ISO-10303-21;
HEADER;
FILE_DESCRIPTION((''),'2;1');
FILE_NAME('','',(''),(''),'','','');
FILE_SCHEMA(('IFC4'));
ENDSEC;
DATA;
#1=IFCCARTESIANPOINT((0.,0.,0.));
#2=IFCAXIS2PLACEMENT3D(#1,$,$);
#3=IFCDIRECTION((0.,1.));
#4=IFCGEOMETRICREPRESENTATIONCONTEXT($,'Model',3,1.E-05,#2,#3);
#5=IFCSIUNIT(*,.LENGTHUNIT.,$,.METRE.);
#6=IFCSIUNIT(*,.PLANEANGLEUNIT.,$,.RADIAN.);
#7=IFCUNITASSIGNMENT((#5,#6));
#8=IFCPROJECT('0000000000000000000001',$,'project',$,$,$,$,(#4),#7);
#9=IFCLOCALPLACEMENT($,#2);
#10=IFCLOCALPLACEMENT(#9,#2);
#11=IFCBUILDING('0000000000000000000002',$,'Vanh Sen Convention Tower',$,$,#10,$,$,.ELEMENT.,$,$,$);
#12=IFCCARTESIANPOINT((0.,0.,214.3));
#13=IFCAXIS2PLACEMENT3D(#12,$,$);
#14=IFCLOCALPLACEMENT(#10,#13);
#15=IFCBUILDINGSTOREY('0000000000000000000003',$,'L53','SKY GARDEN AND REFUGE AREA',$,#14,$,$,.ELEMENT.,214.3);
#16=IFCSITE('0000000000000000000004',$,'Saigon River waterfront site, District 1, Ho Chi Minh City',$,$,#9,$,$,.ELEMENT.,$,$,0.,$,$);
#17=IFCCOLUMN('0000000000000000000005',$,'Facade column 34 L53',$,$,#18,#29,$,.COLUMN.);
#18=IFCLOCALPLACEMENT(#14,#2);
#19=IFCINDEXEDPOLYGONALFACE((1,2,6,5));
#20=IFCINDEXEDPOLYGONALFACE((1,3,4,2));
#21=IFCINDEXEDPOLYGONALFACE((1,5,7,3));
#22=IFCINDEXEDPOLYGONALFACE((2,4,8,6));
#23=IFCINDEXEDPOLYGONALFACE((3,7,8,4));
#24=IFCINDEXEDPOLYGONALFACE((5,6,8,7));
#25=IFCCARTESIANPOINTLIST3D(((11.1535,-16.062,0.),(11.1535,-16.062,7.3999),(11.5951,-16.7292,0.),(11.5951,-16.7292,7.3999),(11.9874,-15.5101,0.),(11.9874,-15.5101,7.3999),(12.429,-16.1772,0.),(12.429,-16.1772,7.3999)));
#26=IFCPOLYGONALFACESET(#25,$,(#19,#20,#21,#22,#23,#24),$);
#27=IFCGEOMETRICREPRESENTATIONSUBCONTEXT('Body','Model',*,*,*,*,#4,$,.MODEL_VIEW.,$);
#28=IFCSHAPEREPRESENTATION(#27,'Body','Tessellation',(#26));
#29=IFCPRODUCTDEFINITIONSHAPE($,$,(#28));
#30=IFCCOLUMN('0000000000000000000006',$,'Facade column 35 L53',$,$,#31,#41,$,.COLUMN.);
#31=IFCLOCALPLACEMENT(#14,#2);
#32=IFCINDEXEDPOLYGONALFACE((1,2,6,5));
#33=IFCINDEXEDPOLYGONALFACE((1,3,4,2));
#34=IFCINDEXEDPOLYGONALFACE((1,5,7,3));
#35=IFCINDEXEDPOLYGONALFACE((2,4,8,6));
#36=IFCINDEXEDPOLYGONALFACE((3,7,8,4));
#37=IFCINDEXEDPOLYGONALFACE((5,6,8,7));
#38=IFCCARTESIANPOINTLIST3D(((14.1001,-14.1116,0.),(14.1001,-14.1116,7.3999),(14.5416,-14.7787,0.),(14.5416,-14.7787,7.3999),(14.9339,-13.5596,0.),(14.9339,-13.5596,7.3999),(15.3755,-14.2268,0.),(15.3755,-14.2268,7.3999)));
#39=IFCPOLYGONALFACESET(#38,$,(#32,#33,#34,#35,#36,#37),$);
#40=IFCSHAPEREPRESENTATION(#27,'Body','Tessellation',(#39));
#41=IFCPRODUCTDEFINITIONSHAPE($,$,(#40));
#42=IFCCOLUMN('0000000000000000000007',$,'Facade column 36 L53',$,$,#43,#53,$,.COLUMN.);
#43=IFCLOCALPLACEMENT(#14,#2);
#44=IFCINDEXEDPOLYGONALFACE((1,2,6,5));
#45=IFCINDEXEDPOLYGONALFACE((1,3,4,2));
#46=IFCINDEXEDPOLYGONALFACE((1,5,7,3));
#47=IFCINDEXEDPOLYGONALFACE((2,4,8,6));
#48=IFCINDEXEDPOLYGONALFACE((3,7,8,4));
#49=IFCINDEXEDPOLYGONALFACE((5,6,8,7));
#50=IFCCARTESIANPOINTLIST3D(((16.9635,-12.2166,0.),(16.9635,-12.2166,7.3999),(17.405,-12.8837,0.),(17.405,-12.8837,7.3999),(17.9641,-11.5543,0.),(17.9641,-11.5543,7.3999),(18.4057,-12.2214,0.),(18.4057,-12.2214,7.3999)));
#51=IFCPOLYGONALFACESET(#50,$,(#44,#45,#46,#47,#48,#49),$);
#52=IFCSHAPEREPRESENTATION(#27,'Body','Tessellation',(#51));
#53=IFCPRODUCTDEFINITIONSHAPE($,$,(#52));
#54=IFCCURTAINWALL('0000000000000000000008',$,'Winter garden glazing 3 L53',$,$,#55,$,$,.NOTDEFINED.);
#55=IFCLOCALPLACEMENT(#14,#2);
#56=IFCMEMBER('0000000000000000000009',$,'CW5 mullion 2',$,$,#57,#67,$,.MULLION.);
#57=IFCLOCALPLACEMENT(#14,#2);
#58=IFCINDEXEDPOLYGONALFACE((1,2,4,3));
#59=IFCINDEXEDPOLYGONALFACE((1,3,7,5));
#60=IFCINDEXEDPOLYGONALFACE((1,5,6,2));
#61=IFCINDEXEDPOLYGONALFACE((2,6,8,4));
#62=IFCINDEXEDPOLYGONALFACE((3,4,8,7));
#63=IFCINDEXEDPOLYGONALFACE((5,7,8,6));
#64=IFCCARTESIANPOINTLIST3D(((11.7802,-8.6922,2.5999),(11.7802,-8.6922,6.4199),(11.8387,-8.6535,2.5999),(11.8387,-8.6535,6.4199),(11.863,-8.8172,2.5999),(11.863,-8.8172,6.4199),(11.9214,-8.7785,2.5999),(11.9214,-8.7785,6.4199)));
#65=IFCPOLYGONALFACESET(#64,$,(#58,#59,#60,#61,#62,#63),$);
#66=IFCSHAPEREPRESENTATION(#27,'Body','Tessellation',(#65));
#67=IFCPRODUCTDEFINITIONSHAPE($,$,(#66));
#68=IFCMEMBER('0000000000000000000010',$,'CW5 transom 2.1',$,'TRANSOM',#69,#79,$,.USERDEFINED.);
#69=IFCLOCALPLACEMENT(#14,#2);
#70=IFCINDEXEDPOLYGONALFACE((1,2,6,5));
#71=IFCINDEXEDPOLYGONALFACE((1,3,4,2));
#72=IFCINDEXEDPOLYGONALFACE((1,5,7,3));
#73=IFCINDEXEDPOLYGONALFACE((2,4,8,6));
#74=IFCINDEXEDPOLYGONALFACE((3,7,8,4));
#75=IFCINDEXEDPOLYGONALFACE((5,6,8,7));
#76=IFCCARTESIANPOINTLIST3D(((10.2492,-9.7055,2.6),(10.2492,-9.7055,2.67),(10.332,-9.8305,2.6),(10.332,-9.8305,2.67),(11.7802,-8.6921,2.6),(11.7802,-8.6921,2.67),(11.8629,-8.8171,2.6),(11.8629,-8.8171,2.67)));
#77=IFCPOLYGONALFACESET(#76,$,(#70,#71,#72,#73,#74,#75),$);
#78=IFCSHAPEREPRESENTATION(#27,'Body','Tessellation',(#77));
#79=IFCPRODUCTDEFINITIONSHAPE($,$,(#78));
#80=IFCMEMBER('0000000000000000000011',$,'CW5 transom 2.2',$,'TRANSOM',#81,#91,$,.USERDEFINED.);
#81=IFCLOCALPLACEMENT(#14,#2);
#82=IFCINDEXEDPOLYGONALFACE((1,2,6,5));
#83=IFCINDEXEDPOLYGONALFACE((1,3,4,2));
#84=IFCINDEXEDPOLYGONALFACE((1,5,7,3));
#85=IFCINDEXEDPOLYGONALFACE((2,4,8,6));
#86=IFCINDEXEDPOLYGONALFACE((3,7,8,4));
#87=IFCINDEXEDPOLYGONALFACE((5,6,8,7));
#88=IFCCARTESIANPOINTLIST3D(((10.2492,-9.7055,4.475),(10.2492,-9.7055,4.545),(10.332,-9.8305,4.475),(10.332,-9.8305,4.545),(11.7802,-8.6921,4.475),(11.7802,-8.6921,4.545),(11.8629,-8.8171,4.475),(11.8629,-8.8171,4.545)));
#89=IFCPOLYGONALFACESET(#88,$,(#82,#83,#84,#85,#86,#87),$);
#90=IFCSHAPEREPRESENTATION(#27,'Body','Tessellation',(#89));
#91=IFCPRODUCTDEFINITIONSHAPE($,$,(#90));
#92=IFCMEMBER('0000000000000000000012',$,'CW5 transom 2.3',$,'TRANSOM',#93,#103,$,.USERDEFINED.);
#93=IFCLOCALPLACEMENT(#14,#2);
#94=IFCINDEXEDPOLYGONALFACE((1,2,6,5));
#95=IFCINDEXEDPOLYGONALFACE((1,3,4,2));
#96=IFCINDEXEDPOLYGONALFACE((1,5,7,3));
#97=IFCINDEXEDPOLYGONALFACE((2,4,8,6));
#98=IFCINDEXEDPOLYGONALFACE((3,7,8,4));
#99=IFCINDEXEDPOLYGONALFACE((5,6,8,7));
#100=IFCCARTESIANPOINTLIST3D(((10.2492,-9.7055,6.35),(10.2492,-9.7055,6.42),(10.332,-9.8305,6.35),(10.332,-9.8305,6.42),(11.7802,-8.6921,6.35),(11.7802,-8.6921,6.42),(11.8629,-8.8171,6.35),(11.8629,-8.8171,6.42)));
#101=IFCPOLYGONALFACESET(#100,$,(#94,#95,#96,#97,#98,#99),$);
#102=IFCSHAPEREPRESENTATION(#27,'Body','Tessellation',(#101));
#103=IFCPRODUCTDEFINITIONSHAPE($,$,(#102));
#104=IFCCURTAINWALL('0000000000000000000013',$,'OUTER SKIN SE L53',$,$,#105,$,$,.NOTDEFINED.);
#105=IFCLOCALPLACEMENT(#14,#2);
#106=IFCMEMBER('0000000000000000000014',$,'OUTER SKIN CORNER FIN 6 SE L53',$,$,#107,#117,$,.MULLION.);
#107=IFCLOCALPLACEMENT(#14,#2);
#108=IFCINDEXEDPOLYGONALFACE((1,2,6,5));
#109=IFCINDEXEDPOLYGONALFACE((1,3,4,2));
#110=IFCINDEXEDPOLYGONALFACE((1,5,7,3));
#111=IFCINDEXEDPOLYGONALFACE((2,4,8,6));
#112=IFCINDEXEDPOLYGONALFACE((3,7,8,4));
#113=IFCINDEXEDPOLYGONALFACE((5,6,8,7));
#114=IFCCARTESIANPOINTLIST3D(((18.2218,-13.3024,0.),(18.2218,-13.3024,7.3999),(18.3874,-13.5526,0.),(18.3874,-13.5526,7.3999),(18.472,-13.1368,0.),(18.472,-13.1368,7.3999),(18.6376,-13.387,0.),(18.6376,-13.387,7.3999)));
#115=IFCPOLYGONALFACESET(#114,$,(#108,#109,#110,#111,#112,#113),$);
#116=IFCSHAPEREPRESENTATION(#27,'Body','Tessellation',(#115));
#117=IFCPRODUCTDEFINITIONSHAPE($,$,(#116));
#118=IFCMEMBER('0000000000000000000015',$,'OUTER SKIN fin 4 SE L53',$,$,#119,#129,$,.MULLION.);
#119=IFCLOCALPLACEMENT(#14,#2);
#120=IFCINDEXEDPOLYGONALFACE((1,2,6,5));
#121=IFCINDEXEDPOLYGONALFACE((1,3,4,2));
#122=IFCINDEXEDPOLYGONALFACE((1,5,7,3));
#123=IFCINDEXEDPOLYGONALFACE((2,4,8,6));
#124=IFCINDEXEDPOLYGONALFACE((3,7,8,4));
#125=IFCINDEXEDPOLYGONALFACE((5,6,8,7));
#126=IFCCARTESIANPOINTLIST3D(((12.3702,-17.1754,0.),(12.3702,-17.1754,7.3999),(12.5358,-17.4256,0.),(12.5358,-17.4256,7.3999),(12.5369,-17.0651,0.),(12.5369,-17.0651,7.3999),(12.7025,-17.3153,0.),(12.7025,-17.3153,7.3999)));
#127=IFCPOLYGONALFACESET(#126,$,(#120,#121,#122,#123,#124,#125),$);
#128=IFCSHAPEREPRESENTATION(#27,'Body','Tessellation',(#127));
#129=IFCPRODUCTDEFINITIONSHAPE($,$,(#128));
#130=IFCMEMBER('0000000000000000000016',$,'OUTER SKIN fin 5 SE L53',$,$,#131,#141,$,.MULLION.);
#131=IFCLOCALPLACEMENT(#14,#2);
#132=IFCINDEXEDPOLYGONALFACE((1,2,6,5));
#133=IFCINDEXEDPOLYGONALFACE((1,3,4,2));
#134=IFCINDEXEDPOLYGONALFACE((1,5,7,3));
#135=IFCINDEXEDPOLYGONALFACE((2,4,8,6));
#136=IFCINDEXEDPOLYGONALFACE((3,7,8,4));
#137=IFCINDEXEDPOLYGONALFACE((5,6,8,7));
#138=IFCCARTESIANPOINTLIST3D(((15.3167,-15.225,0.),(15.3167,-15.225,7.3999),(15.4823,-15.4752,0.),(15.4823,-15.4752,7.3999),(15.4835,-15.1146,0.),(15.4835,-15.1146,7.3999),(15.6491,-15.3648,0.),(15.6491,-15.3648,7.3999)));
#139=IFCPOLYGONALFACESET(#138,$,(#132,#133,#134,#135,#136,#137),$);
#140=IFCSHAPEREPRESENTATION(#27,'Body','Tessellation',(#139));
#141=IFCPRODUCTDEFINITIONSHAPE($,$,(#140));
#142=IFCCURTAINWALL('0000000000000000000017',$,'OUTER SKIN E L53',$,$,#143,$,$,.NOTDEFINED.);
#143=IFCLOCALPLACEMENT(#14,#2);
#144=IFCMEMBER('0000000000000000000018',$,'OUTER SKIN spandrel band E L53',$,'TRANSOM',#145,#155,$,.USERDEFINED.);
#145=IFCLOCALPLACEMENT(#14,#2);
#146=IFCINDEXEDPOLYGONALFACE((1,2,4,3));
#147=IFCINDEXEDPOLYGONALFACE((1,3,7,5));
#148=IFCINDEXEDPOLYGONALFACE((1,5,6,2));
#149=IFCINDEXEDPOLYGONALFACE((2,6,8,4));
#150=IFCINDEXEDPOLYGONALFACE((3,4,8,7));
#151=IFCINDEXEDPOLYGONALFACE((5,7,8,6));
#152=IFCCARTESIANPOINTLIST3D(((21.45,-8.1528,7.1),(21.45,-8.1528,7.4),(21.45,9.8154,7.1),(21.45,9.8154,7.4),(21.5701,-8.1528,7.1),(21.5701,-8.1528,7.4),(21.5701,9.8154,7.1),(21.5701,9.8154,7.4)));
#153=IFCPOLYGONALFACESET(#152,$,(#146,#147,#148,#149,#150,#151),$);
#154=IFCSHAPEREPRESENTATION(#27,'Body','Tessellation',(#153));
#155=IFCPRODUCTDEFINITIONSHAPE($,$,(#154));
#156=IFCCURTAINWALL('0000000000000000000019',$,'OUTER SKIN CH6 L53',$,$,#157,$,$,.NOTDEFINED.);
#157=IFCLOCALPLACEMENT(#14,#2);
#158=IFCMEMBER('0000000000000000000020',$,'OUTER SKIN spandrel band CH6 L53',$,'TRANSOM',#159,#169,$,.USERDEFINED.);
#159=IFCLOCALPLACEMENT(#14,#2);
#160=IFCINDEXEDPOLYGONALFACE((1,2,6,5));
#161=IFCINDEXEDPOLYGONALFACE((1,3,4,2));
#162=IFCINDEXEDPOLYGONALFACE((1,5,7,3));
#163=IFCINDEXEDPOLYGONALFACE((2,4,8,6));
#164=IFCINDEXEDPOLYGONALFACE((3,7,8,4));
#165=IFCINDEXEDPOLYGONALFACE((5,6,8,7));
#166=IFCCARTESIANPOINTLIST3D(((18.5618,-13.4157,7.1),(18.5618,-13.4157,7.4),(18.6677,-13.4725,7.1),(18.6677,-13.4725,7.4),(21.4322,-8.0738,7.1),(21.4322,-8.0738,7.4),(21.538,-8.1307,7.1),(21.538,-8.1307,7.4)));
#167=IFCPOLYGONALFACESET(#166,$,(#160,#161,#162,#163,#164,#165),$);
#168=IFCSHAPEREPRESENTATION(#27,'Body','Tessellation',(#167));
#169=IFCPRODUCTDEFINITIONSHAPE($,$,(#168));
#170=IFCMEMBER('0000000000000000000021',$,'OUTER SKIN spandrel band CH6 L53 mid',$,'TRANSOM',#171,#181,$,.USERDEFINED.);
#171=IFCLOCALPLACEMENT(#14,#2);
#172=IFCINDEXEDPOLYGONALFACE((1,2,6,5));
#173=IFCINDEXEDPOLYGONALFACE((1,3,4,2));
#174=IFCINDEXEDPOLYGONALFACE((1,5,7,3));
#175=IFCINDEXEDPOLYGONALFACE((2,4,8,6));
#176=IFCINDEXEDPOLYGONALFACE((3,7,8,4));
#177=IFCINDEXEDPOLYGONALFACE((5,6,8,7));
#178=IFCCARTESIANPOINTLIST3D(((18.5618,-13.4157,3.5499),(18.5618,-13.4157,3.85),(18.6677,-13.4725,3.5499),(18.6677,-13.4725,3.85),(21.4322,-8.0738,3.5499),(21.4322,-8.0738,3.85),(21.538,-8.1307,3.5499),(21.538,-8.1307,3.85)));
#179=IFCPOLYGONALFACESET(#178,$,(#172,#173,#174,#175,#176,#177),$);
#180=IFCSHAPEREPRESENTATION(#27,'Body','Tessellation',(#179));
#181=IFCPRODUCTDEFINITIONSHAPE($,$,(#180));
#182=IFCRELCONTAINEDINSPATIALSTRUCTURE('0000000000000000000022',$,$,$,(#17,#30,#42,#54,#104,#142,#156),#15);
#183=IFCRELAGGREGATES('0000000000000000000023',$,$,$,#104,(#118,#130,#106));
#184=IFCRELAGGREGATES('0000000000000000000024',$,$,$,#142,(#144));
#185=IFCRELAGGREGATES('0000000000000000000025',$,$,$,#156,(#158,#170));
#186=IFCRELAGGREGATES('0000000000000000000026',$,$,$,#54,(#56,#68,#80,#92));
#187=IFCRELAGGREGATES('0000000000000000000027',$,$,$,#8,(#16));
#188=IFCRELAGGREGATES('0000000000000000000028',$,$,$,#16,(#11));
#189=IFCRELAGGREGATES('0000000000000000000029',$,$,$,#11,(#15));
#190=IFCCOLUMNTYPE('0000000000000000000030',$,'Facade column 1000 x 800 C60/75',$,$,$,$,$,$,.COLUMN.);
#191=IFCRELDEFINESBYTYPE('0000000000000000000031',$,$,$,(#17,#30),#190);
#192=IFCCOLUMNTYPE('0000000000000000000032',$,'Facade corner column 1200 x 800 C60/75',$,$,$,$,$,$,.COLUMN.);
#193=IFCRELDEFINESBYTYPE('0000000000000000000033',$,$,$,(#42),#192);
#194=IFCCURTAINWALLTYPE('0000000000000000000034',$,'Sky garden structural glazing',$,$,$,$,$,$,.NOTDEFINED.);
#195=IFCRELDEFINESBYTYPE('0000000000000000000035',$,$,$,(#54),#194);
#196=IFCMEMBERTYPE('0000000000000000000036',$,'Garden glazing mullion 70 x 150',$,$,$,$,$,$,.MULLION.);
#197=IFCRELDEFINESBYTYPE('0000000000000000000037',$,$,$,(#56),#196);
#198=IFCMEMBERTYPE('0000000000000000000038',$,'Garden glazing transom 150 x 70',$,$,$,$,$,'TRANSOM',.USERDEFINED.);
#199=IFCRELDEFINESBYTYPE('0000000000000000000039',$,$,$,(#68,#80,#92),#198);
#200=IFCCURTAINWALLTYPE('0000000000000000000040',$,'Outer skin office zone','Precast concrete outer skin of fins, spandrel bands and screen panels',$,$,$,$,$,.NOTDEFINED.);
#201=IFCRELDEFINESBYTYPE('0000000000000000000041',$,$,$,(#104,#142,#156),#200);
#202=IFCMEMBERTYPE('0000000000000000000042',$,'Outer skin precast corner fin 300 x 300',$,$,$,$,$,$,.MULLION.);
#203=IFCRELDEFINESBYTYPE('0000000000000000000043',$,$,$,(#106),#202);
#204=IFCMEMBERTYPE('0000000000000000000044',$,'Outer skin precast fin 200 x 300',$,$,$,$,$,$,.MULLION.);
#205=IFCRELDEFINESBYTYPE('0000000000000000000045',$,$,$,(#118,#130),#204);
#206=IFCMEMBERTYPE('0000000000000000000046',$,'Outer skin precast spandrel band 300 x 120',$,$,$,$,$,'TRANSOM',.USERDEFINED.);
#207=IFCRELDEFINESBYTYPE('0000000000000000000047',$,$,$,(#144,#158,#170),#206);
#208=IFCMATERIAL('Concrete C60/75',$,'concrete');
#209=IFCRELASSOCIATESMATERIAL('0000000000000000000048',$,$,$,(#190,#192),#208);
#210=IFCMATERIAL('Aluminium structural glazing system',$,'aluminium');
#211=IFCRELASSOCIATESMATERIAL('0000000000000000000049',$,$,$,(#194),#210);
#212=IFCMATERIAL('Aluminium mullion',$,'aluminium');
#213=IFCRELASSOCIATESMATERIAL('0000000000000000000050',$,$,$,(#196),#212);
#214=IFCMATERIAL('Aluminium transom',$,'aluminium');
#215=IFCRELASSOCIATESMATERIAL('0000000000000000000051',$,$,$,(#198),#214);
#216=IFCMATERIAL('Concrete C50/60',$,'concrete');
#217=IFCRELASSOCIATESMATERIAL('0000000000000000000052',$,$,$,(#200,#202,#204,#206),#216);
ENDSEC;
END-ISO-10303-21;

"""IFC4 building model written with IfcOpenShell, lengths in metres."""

from ifc_helpers import new_model, si_unit, direction, frame, origin, origin_2d, place, context, subcontext, project, spatial, rectangle, extrude, material, material_profile, profile_set, type_object, element, aggregate, save


model = new_model("IFC4")

# Units and contexts
model_context = context("Model", 3, precision=1e-05, world=origin(), true_north=direction((0.0, 1.0)))
body_context = subcontext(model_context, "Body", "Model", "MODEL_VIEW")
ifc_project = project(units=[si_unit("LENGTHUNIT", "METRE"), si_unit("PLANEANGLEUNIT", "RADIAN")], contexts=[model_context])

# Site, building, storey
site_placement = place(None, origin())
site = spatial("IfcSite", under=ifc_project, at=site_placement, Name="Saigon River waterfront site, District 1, Ho Chi Minh City", CompositionType="ELEMENT", RefElevation=0.0)
building_placement = place(site_placement, origin())
building = spatial("IfcBuilding", under=site, at=building_placement, Name="Vanh Sen Convention Tower", CompositionType="ELEMENT")
storey_placement = place(building_placement, frame((0.0, 0.0, 214.3)))
storey = spatial("IfcBuildingStorey", under=building, at=storey_placement, Name="L53", Description="SKY GARDEN AND REFUGE AREA", CompositionType="ELEMENT", Elevation=214.3)

# Columns
ifc_material_1 = material(Name="Concrete C60/75", Category="concrete")
ifc_material_profile_1 = material_profile(ifc_material_1, rectangle(XDim=1.0, YDim=0.8, at=origin_2d()), Name="RC 1000X800")
ifc_profile_set_1 = profile_set([ifc_material_profile_1], Name="Concrete C60/75")
column_type_1 = type_object("IfcColumnType", Name="Facade column 1000 x 800 C60/75", PredefinedType="COLUMN", material=ifc_profile_set_1)
for number, where, z_axis, x_axis, name in (
    (1, (11.7913, -16.1196, 0.0), (0.0, 0.0, 1.0), (0.833886, 0.551937, 0.0), "Facade column 34 L53"),
    (2, (14.7378, -14.1692, 0.0), (0.0, 0.0, 1.0), (0.833886, 0.551937, 0.0), "Facade column 35 L53"),
):
    element("IfcColumn", number, at=place(storey_placement, frame(where, z_axis=z_axis, x_axis=x_axis)), inside=storey, type_object=column_type_1, Name=name, PredefinedType="COLUMN", context=body_context, shape_type="SweptSolid", body=[
        extrude(rectangle(XDim=1.0, YDim=0.8, at=origin_2d()), origin(), (0.0, 0.0, 1.0), 7.3999),
    ])
ifc_material_profile_2 = material_profile(ifc_material_1, rectangle(XDim=1.2, YDim=0.8, at=origin_2d()), Name="RC 1200X800")
ifc_profile_set_2 = profile_set([ifc_material_profile_2], Name="Concrete C60/75")
column_type_2 = type_object("IfcColumnType", Name="Facade corner column 1200 x 800 C60/75", PredefinedType="COLUMN", material=ifc_profile_set_2)
column_placement = place(storey_placement, frame((17.6846, -12.219, 0.0), z_axis=(0.0, 0.0, 1.0), x_axis=(0.833886, 0.551937, 0.0)))
element("IfcColumn", 3, at=column_placement, inside=storey, type_object=column_type_2, Name="Facade column 36 L53", PredefinedType="COLUMN", context=body_context, shape_type="SweptSolid", body=[
    extrude(rectangle(XDim=1.2, YDim=0.8, at=origin_2d()), origin(), (0.0, 0.0, 1.0), 7.3999),
])

# Curtain walls, members
ifc_material_2 = material(Name="Aluminium structural glazing system", Category="aluminium")
curtain_wall_type_1 = type_object("IfcCurtainWallType", Name="Sky garden structural glazing", PredefinedType="NOTDEFINED", material=ifc_material_2)
curtain_wall_1_placement = place(storey_placement, origin())
curtain_wall_1 = element("IfcCurtainWall", 4, at=curtain_wall_1_placement, inside=storey, type_object=curtain_wall_type_1, Name="Winter garden glazing 3 L53", PredefinedType="NOTDEFINED")
ifc_material_3 = material(Name="Aluminium mullion", Category="aluminium")
ifc_material_profile_3 = material_profile(ifc_material_3, rectangle(XDim=0.1499, YDim=0.0701, at=origin_2d()), Name="Garden glazing mullion 70 x 150")
ifc_profile_set_3 = profile_set([ifc_material_profile_3], Name="Aluminium mullion")
member_type_1 = type_object("IfcMemberType", Name="Garden glazing mullion 70 x 150", PredefinedType="MULLION", material=ifc_profile_set_3)
member_1_placement = place(storey_placement, frame((11.8508, -8.7354, 2.5999), z_axis=(0.0, 0.0, 1.0), x_axis=(0.551932, -0.833889, 0.0)))
member_1 = element("IfcMember", 5, at=member_1_placement, type_object=member_type_1, Name="CW5 mullion 2", PredefinedType="MULLION", context=body_context, shape_type="SweptSolid", body=[
    extrude(rectangle(XDim=0.1499, YDim=0.0701, at=origin_2d()), origin(), (0.0, 0.0, 1.0), 3.8201),
])
ifc_material_4 = material(Name="Aluminium transom", Category="aluminium")
ifc_material_profile_4 = material_profile(ifc_material_4, rectangle(XDim=0.1499, YDim=0.0701, at=origin_2d()), Name="Garden glazing transom 150 x 70")
ifc_profile_set_4 = profile_set([ifc_material_profile_4], Name="Aluminium transom")
member_type_2 = type_object("IfcMemberType", Name="Garden glazing transom 150 x 70", ElementType="TRANSOM", PredefinedType="USERDEFINED", material=ifc_profile_set_4)
member_2_placement = place(storey_placement, frame((11.8215, -8.7546, 2.635), z_axis=(-0.833867, -0.551966, 0.0), x_axis=(0.551966, -0.833867, 0.0)))
member_2 = element("IfcMember", 6, at=member_2_placement, type_object=member_type_2, Name="CW5 transom 2.1", ObjectType="TRANSOM", PredefinedType="USERDEFINED", context=body_context, shape_type="SweptSolid", body=[
    extrude(rectangle(XDim=0.1499, YDim=0.0701, at=origin_2d()), origin(), (0.0, 0.0, 1.0), 1.8359),
])
member_3_placement = place(storey_placement, frame((11.8215, -8.7546, 4.51), z_axis=(-0.833867, -0.551966, 0.0), x_axis=(0.551966, -0.833867, 0.0)))
member_3 = element("IfcMember", 7, at=member_3_placement, type_object=member_type_2, Name="CW5 transom 2.2", ObjectType="TRANSOM", PredefinedType="USERDEFINED", context=body_context, shape_type="SweptSolid", body=[
    extrude(rectangle(XDim=0.1499, YDim=0.0701, at=origin_2d()), origin(), (0.0, 0.0, 1.0), 1.8359),
])
member_4_placement = place(storey_placement, frame((11.8215, -8.7546, 6.385), z_axis=(-0.833867, -0.551966, 0.0), x_axis=(0.551966, -0.833867, 0.0)))
member_4 = element("IfcMember", 8, at=member_4_placement, type_object=member_type_2, Name="CW5 transom 2.3", ObjectType="TRANSOM", PredefinedType="USERDEFINED", context=body_context, shape_type="SweptSolid", body=[
    extrude(rectangle(XDim=0.1499, YDim=0.0701, at=origin_2d()), origin(), (0.0, 0.0, 1.0), 1.8359),
])
ifc_material_5 = material(Name="Concrete C50/60", Category="concrete")
curtain_wall_type_2 = type_object("IfcCurtainWallType", Name="Outer skin office zone", Description="Precast concrete outer skin of fins, spandrel bands and screen panels", PredefinedType="NOTDEFINED", material=ifc_material_5)
curtain_wall_2_placement = place(storey_placement, origin())
curtain_wall_2 = element("IfcCurtainWall", 9, at=curtain_wall_2_placement, inside=storey, type_object=curtain_wall_type_2, Name="OUTER SKIN SE L53", PredefinedType="NOTDEFINED")
ifc_material_profile_5 = material_profile(ifc_material_5, rectangle(XDim=0.3, YDim=0.3, at=origin_2d()), Name="Outer skin precast corner fin 300 x 300")
ifc_profile_set_5 = profile_set([ifc_material_profile_5], Name="Concrete C50/60")
member_type_3 = type_object("IfcMemberType", Name="Outer skin precast corner fin 300 x 300", PredefinedType="MULLION", material=ifc_profile_set_5)
member_5_placement = place(storey_placement, frame((18.4297, -13.3447, 0.0), z_axis=(0.0, 0.0, 1.0), x_axis=(0.833886, 0.551937, 0.0)))
member_5 = element("IfcMember", 10, at=member_5_placement, type_object=member_type_3, Name="OUTER SKIN CORNER FIN 6 SE L53", PredefinedType="MULLION", context=body_context, shape_type="SweptSolid", body=[
    extrude(rectangle(XDim=0.3, YDim=0.3, at=origin_2d()), origin(), (0.0, 0.0, 1.0), 7.3999),
])
ifc_material_profile_6 = material_profile(ifc_material_5, rectangle(XDim=0.2, YDim=0.3, at=origin_2d()), Name="Outer skin precast fin 200 x 300")
ifc_profile_set_6 = profile_set([ifc_material_profile_6], Name="Concrete C50/60")
member_type_4 = type_object("IfcMemberType", Name="Outer skin precast fin 200 x 300", PredefinedType="MULLION", material=ifc_profile_set_6)
member_6_placement = place(storey_placement, frame((12.5364, -17.2454, 0.0), z_axis=(0.0, 0.0, 1.0), x_axis=(0.833886, 0.551937, 0.0)))
member_6 = element("IfcMember", 11, at=member_6_placement, type_object=member_type_4, Name="OUTER SKIN fin 4 SE L53", PredefinedType="MULLION", context=body_context, shape_type="SweptSolid", body=[
    extrude(rectangle(XDim=0.2, YDim=0.3, at=origin_2d()), origin(), (0.0, 0.0, 1.0), 7.3999),
])
member_7_placement = place(storey_placement, frame((15.4829, -15.2949, 0.0), z_axis=(0.0, 0.0, 1.0), x_axis=(0.833886, 0.551937, 0.0)))
member_7 = element("IfcMember", 12, at=member_7_placement, type_object=member_type_4, Name="OUTER SKIN fin 5 SE L53", PredefinedType="MULLION", context=body_context, shape_type="SweptSolid", body=[
    extrude(rectangle(XDim=0.2, YDim=0.3, at=origin_2d()), origin(), (0.0, 0.0, 1.0), 7.3999),
])
aggregate(curtain_wall_2, [member_6, member_7, member_5])

# Curtain wall, member
curtain_wall_3_placement = place(storey_placement, origin())
curtain_wall_3 = element("IfcCurtainWall", 13, at=curtain_wall_3_placement, inside=storey, type_object=curtain_wall_type_2, Name="OUTER SKIN E L53", PredefinedType="NOTDEFINED")
ifc_material_profile_7 = material_profile(ifc_material_5, rectangle(XDim=0.1201, YDim=0.3, at=origin_2d()), Name="Outer skin precast spandrel band 300 x 120")
ifc_profile_set_7 = profile_set([ifc_material_profile_7], Name="Concrete C50/60")
member_type_5 = type_object("IfcMemberType", Name="Outer skin precast spandrel band 300 x 120", ElementType="TRANSOM", PredefinedType="USERDEFINED", material=ifc_profile_set_7)
member_8_placement = place(storey_placement, frame((21.51, -8.1528, 7.25), z_axis=(0.0, 1.0, 0.0), x_axis=(-1.0, 0.0, 0.0)))
member_8 = element("IfcMember", 14, at=member_8_placement, type_object=member_type_5, Name="OUTER SKIN spandrel band E L53", ObjectType="TRANSOM", PredefinedType="USERDEFINED", context=body_context, shape_type="SweptSolid", body=[
    extrude(rectangle(XDim=0.1201, YDim=0.3, at=origin_2d()), origin(), (0.0, 0.0, 1.0), 17.9683),
])
aggregate(curtain_wall_3, [member_8])

# Curtain wall, members
curtain_wall_4_placement = place(storey_placement, origin())
curtain_wall_4 = element("IfcCurtainWall", 15, at=curtain_wall_4_placement, inside=storey, type_object=curtain_wall_type_2, Name="OUTER SKIN CH6 L53", PredefinedType="NOTDEFINED")
member_9_placement = place(storey_placement, frame((18.6147, -13.4441, 7.25), z_axis=(0.473334, 0.880883, 0.0), x_axis=(-0.880883, 0.473334, 0.0)))
member_9 = element("IfcMember", 16, at=member_9_placement, type_object=member_type_5, Name="OUTER SKIN spandrel band CH6 L53", ObjectType="TRANSOM", PredefinedType="USERDEFINED", context=body_context, shape_type="SweptSolid", body=[
    extrude(rectangle(XDim=0.1201, YDim=0.3, at=origin_2d()), origin(), (0.0, 0.0, 1.0), 6.0642),
])
member_10_placement = place(storey_placement, frame((18.6147, -13.4441, 3.7), z_axis=(0.473334, 0.880883, 0.0), x_axis=(-0.880883, 0.473334, 0.0)))
member_10 = element("IfcMember", 17, at=member_10_placement, type_object=member_type_5, Name="OUTER SKIN spandrel band CH6 L53 mid", ObjectType="TRANSOM", PredefinedType="USERDEFINED", context=body_context, shape_type="SweptSolid", body=[
    extrude(rectangle(XDim=0.1201, YDim=0.3, at=origin_2d()), origin(), (0.0, 0.0, 1.0), 6.0642),
])
aggregate(curtain_wall_4, [member_9, member_10])

aggregate(curtain_wall_1, [member_1, member_2, member_3, member_4])

save(model, "model.ifc")
